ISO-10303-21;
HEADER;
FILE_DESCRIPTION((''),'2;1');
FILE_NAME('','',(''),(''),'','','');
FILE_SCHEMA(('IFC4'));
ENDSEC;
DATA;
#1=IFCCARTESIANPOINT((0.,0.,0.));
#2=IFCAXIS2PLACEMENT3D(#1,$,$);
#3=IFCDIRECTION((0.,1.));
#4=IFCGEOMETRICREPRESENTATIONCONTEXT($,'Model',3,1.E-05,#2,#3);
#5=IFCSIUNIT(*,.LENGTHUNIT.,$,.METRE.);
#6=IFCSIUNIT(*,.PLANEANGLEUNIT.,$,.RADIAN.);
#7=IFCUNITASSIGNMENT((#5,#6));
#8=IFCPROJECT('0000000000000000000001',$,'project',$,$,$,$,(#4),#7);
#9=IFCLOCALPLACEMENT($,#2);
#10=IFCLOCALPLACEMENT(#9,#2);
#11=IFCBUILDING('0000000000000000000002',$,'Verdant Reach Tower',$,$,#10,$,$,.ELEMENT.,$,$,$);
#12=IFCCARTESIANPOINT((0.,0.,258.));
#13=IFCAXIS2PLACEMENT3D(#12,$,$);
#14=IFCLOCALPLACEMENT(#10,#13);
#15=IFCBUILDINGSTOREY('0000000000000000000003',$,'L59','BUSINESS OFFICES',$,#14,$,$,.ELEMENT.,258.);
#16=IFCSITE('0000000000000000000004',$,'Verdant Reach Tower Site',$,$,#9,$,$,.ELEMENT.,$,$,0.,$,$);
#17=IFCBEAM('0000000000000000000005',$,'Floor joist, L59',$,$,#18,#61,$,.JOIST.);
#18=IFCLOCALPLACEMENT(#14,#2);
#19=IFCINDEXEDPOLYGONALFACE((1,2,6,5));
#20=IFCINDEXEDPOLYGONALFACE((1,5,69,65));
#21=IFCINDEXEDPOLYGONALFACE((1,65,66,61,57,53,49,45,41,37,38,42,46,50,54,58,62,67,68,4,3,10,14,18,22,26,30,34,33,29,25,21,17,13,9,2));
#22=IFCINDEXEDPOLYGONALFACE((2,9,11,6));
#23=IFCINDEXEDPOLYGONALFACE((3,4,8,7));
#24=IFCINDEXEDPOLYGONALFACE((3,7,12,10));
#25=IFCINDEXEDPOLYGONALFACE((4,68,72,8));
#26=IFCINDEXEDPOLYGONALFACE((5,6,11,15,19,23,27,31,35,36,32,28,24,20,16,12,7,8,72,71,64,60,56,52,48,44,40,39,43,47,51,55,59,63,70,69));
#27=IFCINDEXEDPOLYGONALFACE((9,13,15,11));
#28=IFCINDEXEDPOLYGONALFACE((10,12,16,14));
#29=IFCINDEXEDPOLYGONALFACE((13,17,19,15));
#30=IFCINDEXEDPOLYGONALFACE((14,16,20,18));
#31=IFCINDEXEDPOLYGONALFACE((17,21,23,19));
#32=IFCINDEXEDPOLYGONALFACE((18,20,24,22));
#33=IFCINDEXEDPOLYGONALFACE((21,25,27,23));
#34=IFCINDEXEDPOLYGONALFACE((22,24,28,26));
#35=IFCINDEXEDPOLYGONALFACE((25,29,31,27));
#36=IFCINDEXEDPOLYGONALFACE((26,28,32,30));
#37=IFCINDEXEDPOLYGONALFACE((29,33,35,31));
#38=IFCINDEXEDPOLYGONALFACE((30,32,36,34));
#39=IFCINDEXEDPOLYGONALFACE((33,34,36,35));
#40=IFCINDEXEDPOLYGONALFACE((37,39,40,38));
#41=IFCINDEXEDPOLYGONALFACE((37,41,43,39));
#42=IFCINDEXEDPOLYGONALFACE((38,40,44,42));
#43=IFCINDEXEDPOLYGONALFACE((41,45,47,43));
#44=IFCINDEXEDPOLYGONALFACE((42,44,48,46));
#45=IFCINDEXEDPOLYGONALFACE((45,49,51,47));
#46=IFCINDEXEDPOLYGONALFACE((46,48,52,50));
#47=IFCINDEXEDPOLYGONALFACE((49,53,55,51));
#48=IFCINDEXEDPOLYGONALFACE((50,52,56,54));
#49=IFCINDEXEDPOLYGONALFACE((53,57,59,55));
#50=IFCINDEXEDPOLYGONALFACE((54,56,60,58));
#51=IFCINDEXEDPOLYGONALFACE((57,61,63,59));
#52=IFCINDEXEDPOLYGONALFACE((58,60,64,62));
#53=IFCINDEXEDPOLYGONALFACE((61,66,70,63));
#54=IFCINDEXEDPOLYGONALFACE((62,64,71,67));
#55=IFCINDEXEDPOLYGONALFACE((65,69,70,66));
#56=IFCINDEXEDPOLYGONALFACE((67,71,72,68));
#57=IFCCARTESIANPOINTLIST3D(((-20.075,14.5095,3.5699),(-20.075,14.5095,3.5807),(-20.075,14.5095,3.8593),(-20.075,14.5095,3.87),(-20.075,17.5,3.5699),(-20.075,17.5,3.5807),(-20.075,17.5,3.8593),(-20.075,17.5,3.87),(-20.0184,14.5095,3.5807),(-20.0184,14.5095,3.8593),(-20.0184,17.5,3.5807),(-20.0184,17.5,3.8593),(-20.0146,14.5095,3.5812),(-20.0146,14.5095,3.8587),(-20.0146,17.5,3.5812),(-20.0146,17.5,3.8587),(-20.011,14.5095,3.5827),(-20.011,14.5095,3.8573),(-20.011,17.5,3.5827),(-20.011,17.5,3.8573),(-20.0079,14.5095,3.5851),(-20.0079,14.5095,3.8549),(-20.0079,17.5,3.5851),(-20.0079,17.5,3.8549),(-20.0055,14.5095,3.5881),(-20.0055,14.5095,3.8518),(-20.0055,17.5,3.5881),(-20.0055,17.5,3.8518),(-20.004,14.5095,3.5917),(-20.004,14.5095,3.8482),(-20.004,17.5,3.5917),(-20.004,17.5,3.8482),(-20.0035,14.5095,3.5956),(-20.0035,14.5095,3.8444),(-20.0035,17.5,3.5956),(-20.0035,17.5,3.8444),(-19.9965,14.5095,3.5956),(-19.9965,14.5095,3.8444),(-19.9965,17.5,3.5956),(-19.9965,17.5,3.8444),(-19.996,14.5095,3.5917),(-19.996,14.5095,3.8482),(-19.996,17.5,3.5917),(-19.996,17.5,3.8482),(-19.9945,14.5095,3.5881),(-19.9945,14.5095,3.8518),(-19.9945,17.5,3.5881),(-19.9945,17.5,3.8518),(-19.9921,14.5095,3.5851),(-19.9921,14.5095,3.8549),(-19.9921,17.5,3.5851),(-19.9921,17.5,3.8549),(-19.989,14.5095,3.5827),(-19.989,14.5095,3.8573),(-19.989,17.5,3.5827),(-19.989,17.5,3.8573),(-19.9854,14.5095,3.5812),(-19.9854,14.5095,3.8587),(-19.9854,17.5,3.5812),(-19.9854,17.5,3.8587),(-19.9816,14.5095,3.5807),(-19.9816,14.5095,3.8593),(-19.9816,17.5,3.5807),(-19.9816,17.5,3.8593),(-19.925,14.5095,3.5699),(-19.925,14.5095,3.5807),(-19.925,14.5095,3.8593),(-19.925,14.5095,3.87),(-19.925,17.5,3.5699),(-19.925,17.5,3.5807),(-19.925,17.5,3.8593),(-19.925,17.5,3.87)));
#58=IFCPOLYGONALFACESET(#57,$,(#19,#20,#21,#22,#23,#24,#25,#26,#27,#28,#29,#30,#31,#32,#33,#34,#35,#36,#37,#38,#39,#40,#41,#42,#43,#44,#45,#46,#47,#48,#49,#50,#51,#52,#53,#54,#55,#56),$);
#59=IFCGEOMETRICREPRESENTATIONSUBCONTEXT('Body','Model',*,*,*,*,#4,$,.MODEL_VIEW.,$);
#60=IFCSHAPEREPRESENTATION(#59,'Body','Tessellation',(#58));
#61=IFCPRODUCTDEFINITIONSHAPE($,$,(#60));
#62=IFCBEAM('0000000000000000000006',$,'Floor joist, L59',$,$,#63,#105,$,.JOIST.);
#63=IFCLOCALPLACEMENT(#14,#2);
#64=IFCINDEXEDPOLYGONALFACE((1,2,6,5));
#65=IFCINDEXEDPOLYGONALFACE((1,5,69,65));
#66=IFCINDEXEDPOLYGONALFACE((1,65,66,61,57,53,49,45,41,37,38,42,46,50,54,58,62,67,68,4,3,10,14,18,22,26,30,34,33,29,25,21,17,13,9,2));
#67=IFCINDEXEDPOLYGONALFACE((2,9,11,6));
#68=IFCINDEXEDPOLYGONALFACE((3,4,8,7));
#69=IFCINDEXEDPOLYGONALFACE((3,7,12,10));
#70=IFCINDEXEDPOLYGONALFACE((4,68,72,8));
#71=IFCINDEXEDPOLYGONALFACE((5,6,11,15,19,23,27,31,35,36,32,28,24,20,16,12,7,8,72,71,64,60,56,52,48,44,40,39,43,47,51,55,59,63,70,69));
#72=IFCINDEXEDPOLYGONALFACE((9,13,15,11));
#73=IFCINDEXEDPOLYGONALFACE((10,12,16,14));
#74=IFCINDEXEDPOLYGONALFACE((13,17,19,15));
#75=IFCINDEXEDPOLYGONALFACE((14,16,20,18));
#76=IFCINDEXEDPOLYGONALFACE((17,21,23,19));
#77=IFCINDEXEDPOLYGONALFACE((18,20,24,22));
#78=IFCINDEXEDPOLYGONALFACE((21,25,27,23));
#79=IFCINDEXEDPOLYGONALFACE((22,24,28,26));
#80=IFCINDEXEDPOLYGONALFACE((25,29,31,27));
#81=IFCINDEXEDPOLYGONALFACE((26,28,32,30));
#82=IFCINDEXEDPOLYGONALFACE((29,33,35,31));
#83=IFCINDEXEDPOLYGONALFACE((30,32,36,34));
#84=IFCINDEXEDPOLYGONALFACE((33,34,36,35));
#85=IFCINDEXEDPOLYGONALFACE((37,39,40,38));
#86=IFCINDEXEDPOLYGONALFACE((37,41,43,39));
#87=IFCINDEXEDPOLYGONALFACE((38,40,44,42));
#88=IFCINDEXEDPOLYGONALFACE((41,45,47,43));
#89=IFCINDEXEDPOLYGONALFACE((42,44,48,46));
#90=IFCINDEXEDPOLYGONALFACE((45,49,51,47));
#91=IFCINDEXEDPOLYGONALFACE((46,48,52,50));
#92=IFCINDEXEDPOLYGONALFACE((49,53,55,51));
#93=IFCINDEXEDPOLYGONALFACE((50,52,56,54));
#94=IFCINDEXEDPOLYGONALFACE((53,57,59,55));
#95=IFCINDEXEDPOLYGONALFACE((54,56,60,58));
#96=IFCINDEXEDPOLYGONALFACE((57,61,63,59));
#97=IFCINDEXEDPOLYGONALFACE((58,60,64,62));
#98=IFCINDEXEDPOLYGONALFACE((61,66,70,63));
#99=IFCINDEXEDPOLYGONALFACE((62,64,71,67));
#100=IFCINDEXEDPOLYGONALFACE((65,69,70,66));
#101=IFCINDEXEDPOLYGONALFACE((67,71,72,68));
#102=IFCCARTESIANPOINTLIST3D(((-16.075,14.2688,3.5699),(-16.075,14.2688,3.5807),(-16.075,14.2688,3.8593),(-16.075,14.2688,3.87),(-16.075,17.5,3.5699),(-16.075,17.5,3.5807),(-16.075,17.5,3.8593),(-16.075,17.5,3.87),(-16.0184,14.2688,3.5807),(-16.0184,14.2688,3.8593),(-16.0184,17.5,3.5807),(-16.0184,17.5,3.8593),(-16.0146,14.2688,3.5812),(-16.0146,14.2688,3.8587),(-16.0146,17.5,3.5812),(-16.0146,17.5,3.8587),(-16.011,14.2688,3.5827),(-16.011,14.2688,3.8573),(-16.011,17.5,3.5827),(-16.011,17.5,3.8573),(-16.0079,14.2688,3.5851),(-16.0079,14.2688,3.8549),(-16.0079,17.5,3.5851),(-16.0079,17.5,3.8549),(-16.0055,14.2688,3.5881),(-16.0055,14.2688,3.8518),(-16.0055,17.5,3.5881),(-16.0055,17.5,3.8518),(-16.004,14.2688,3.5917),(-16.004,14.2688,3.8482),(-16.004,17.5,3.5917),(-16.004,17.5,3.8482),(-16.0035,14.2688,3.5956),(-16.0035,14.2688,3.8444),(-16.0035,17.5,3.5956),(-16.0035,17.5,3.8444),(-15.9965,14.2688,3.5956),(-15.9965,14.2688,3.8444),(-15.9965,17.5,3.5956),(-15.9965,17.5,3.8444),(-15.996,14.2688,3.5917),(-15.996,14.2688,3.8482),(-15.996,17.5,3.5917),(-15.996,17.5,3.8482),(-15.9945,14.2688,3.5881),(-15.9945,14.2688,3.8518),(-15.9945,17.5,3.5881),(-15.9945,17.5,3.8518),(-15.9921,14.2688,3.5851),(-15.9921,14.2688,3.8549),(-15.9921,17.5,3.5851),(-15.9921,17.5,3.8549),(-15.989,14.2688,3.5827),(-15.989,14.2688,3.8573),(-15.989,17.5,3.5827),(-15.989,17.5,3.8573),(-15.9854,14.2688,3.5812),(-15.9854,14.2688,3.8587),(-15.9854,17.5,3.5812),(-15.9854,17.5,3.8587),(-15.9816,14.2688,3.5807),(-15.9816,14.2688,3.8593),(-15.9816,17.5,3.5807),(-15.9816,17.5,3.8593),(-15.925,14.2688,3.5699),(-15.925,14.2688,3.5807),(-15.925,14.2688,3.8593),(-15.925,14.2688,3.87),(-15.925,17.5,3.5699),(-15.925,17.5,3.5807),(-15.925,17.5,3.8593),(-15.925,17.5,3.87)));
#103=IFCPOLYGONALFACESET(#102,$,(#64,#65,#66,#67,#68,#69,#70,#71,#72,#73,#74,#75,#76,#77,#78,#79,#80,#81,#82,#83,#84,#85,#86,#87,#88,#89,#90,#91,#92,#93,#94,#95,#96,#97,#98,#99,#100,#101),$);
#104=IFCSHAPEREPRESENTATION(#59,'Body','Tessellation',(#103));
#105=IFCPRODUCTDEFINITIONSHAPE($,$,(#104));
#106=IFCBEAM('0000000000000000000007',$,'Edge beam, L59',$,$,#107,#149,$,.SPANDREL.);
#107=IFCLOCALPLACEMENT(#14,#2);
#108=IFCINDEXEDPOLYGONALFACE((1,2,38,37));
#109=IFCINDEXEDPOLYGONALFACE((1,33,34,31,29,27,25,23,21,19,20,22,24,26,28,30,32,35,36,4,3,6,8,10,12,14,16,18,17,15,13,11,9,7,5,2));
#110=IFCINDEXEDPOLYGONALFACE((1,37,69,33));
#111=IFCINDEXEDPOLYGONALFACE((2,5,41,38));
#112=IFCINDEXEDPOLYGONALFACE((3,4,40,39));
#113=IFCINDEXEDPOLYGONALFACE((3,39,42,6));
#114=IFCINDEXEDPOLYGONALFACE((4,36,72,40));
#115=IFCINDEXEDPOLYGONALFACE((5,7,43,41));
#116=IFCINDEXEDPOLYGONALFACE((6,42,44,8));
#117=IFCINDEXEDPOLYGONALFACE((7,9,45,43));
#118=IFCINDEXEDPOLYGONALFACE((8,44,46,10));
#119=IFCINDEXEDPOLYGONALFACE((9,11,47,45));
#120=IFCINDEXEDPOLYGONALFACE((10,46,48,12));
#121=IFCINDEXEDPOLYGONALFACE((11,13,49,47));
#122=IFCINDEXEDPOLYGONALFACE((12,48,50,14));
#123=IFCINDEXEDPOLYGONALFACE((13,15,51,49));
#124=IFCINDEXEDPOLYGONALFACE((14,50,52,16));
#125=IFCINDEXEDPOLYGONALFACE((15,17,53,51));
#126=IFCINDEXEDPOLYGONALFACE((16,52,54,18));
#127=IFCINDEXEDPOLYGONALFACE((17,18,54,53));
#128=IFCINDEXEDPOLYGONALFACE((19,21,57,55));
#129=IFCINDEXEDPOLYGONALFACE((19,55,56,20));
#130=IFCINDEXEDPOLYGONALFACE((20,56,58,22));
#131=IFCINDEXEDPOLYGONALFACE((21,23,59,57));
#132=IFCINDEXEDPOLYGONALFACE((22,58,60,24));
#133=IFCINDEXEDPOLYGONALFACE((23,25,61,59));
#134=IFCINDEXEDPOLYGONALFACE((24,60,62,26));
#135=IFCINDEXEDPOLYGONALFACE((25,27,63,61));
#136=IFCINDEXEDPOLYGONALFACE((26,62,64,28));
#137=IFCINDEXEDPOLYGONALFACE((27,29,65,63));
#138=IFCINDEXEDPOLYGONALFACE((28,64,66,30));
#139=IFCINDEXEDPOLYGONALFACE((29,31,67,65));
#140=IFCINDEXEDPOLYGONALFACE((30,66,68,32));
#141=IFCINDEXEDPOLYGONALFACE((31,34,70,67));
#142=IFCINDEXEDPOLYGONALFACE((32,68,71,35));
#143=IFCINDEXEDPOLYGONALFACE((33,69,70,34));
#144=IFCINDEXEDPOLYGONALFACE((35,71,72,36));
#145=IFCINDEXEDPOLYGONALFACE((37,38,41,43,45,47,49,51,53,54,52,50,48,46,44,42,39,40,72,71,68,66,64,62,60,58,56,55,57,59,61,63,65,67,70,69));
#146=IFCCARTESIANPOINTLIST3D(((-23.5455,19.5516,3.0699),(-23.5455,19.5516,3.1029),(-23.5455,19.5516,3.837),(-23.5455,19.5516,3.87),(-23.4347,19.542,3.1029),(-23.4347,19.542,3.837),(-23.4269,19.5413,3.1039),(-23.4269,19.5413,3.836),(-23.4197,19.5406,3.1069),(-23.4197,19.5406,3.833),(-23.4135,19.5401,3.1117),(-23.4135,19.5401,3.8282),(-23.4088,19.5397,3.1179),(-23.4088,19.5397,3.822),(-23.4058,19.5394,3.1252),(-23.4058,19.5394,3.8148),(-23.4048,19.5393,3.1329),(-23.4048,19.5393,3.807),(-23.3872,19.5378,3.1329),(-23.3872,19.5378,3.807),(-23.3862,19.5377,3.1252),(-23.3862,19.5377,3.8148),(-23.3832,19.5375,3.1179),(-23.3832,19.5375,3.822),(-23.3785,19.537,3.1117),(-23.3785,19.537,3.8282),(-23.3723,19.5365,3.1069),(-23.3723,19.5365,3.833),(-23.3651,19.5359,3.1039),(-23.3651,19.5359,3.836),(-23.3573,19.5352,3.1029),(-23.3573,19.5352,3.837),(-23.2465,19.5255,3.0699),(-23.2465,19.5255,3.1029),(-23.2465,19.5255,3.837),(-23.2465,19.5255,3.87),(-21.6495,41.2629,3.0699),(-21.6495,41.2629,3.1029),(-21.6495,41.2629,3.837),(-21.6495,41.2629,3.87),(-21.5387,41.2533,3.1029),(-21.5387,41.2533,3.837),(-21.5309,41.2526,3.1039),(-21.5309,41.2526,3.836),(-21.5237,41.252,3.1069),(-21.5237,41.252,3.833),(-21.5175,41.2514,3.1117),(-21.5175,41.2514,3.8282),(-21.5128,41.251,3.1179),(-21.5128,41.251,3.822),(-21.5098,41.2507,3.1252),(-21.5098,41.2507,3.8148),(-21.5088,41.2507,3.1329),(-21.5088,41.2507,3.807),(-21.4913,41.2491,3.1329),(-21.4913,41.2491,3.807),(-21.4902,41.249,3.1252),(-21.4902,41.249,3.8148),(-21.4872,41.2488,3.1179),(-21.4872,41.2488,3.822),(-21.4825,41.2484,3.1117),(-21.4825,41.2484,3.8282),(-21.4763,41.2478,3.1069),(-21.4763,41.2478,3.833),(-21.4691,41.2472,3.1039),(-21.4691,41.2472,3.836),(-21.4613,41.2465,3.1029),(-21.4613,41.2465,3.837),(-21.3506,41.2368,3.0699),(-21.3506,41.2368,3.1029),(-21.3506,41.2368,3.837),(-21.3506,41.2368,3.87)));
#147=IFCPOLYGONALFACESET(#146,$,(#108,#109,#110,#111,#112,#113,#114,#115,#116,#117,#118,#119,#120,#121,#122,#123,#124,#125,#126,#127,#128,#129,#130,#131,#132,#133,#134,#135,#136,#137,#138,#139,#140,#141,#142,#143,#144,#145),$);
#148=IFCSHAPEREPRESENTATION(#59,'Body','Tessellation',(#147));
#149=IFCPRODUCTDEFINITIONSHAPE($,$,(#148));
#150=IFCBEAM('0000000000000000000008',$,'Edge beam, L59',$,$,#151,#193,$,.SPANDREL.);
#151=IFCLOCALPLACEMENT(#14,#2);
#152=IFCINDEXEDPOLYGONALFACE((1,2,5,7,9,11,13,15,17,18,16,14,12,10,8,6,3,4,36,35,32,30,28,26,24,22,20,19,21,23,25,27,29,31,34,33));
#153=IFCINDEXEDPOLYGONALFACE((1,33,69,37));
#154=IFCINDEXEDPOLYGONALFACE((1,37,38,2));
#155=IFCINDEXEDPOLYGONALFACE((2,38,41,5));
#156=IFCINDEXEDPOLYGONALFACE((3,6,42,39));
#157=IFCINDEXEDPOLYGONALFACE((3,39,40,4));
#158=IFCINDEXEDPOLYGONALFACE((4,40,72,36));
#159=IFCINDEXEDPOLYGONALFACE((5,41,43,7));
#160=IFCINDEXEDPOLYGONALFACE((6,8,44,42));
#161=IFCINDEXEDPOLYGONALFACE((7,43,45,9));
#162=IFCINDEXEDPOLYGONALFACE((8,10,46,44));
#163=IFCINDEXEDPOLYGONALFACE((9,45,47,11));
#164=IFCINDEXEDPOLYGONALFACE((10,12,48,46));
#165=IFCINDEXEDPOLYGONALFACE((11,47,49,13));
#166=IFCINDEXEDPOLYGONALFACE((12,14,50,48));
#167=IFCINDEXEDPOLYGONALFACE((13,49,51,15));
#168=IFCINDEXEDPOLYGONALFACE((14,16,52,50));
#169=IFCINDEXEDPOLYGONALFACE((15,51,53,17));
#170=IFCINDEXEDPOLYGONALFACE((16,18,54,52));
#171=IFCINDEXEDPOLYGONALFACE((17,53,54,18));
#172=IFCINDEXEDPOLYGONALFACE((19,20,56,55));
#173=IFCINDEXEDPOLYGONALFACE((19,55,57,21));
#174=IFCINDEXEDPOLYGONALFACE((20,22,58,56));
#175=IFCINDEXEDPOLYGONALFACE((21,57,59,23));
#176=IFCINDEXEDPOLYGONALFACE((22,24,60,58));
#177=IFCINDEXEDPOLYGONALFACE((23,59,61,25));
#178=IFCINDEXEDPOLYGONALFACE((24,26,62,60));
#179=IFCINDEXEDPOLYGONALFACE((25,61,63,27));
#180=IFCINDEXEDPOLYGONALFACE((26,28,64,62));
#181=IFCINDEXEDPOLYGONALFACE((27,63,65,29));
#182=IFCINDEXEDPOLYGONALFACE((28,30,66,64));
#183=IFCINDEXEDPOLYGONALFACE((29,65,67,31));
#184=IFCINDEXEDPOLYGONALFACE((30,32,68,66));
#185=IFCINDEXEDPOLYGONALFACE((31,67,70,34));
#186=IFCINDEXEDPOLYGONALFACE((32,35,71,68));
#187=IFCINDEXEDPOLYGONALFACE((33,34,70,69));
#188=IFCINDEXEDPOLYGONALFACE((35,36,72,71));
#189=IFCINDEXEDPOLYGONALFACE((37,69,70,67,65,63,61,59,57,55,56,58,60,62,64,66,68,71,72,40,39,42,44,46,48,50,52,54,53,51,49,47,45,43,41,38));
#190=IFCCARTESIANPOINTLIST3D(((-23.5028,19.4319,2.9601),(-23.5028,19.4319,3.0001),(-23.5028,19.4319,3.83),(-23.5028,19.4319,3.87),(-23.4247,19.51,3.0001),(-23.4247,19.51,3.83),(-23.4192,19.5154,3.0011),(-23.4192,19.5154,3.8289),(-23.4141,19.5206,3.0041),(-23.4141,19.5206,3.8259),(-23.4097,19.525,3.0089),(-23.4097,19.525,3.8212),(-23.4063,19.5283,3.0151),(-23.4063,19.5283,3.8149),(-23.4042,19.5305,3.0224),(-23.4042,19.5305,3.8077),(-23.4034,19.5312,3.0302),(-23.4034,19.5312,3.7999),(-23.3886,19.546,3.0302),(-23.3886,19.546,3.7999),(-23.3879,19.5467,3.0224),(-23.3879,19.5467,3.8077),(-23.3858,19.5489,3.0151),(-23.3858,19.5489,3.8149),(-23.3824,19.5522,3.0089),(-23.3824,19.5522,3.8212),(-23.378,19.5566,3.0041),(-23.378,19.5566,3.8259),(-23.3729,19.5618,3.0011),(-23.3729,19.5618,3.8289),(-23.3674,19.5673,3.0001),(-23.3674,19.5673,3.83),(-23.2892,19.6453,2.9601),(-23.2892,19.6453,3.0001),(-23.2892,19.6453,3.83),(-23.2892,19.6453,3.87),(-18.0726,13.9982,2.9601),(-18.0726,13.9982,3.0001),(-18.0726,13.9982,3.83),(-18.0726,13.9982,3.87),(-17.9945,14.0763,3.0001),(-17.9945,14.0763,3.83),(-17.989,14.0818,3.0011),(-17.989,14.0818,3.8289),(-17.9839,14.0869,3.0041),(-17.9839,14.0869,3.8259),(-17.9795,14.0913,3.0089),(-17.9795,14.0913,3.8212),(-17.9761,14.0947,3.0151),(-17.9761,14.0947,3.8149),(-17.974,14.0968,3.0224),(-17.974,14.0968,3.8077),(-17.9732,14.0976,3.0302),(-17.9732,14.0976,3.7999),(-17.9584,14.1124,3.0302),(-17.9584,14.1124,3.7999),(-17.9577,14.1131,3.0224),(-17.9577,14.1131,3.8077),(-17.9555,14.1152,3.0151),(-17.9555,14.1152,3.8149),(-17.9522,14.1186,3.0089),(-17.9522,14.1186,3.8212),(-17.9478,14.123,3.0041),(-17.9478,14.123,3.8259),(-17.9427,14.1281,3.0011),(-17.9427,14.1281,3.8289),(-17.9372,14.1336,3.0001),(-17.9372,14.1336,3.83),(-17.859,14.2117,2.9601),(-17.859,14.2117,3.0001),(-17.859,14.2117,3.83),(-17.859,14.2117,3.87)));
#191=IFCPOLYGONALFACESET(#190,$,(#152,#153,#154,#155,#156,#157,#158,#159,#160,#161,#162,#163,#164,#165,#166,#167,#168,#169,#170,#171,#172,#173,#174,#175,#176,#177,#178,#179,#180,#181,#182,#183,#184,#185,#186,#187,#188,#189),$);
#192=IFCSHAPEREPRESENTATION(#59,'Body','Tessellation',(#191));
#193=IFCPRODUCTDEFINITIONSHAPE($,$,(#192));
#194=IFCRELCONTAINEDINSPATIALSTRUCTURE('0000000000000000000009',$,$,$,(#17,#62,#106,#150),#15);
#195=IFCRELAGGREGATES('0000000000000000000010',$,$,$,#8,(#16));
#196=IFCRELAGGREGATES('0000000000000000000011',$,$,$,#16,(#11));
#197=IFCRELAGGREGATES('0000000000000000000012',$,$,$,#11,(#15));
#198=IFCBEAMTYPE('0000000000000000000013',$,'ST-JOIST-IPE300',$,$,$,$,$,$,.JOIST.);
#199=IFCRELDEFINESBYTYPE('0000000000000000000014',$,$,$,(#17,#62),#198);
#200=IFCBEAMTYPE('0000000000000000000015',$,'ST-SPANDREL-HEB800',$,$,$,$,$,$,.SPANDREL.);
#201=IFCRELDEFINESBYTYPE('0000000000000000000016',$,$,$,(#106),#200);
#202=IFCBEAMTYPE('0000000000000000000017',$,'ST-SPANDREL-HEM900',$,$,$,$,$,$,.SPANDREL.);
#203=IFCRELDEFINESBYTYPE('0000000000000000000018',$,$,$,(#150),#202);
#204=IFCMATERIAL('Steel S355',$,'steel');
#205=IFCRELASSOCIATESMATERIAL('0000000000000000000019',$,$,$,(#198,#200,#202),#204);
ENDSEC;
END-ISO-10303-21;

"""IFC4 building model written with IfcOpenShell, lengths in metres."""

from ifc_helpers import new_model, si_unit, direction, frame, origin, origin_2d, place, context, subcontext, project, spatial, i_section, extrude, material, material_profile, profile_set, type_object, element, save


model = new_model("IFC4")

# Units and contexts
model_context = context("Model", 3, precision=1e-05, world=origin(), true_north=direction((0.0, 1.0)))
body_context = subcontext(model_context, "Body", "Model", "MODEL_VIEW")
ifc_project = project(units=[si_unit("LENGTHUNIT", "METRE"), si_unit("PLANEANGLEUNIT", "RADIAN")], contexts=[model_context])

# Site, building, storey
site_placement = place(None, origin())
site = spatial("IfcSite", under=ifc_project, at=site_placement, Name="Verdant Reach Tower Site", CompositionType="ELEMENT", RefElevation=0.0)
building_placement = place(site_placement, origin())
building = spatial("IfcBuilding", under=site, at=building_placement, Name="Verdant Reach Tower", CompositionType="ELEMENT")
storey_placement = place(building_placement, frame((0.0, 0.0, 258.0)))
storey = spatial("IfcBuildingStorey", under=building, at=storey_placement, Name="L59", Description="BUSINESS OFFICES", CompositionType="ELEMENT", Elevation=258.0)

# Beams
ifc_material_1 = material(Name="Steel S355", Category="steel")
ifc_material_profile_1 = material_profile(ifc_material_1, i_section(OverallWidth=0.1499, OverallDepth=0.3, WebThickness=0.0071, FlangeThickness=0.0107, FilletRadius=0.0149, at=origin_2d()), Name="IPE 300")
ifc_profile_set_1 = profile_set([ifc_material_profile_1], Name="Steel S355")
beam_type_1 = type_object("IfcBeamType", Name="ST-JOIST-IPE300", PredefinedType="JOIST", material=ifc_profile_set_1)
beam_1_placement = place(storey_placement, frame((-20.0, 17.5, 3.72), z_axis=(0.0, -1.0, 0.0), x_axis=(1.0, 0.0, 0.0)))
element("IfcBeam", 1, at=beam_1_placement, inside=storey, type_object=beam_type_1, Name="Floor joist, L59", PredefinedType="JOIST", context=body_context, shape_type="SweptSolid", body=[
    extrude(i_section(OverallWidth=0.1499, OverallDepth=0.3, WebThickness=0.0071, FlangeThickness=0.0107, FilletRadius=0.0149, at=origin_2d()), origin(), (0.0, 0.0, 1.0), 2.9905),
])
beam_2_placement = place(storey_placement, frame((-16.0, 17.5, 3.72), z_axis=(0.0, -1.0, 0.0), x_axis=(1.0, 0.0, 0.0)))
element("IfcBeam", 2, at=beam_2_placement, inside=storey, type_object=beam_type_1, Name="Floor joist, L59", PredefinedType="JOIST", context=body_context, shape_type="SweptSolid", body=[
    extrude(i_section(OverallWidth=0.1499, OverallDepth=0.3, WebThickness=0.0071, FlangeThickness=0.0107, FilletRadius=0.0149, at=origin_2d()), origin(), (0.0, 0.0, 1.0), 3.2312),
])
ifc_material_profile_2 = material_profile(ifc_material_1, i_section(OverallWidth=0.3, OverallDepth=0.8, WebThickness=0.0176, FlangeThickness=0.033, FilletRadius=0.03, at=origin_2d()), Name="HEB 800")
ifc_profile_set_2 = profile_set([ifc_material_profile_2], Name="Steel S355")
beam_type_2 = type_object("IfcBeamType", Name="ST-SPANDREL-HEB800", PredefinedType="SPANDREL", material=ifc_profile_set_2)
beam_3_placement = place(storey_placement, frame((-23.396, 19.5386, 3.47), z_axis=(0.086996, 0.996209, 0.0), x_axis=(-0.996209, 0.086996, 0.0)))
element("IfcBeam", 3, at=beam_3_placement, inside=storey, type_object=beam_type_2, Name="Edge beam, L59", PredefinedType="SPANDREL", context=body_context, shape_type="SweptSolid", body=[
    extrude(i_section(OverallWidth=0.3, OverallDepth=0.8, WebThickness=0.0176, FlangeThickness=0.033, FilletRadius=0.03, at=origin_2d()), origin(), (0.0, 0.0, 1.0), 21.7939),
])
ifc_material_profile_3 = material_profile(ifc_material_1, i_section(OverallWidth=0.302, OverallDepth=0.9099, WebThickness=0.021, FlangeThickness=0.04, FilletRadius=0.03, at=origin_2d()), Name="HEM 900")
ifc_profile_set_3 = profile_set([ifc_material_profile_3], Name="Steel S355")
beam_type_3 = type_object("IfcBeamType", Name="ST-SPANDREL-HEM900", PredefinedType="SPANDREL", material=ifc_profile_set_3)
beam_4_placement = place(storey_placement, frame((-17.9658, 14.105, 3.415), z_axis=(-0.706884, 0.707329, 0.0), x_axis=(-0.707329, -0.706884, 0.0)))
element("IfcBeam", 4, at=beam_4_placement, inside=storey, type_object=beam_type_3, Name="Edge beam, L59", PredefinedType="SPANDREL", context=body_context, shape_type="SweptSolid", body=[
    extrude(i_section(OverallWidth=0.302, OverallDepth=0.9099, WebThickness=0.021, FlangeThickness=0.04, FilletRadius=0.03, at=origin_2d()), origin(), (0.0, 0.0, 1.0), 7.6819),
])

save(model, "model.ifc")
